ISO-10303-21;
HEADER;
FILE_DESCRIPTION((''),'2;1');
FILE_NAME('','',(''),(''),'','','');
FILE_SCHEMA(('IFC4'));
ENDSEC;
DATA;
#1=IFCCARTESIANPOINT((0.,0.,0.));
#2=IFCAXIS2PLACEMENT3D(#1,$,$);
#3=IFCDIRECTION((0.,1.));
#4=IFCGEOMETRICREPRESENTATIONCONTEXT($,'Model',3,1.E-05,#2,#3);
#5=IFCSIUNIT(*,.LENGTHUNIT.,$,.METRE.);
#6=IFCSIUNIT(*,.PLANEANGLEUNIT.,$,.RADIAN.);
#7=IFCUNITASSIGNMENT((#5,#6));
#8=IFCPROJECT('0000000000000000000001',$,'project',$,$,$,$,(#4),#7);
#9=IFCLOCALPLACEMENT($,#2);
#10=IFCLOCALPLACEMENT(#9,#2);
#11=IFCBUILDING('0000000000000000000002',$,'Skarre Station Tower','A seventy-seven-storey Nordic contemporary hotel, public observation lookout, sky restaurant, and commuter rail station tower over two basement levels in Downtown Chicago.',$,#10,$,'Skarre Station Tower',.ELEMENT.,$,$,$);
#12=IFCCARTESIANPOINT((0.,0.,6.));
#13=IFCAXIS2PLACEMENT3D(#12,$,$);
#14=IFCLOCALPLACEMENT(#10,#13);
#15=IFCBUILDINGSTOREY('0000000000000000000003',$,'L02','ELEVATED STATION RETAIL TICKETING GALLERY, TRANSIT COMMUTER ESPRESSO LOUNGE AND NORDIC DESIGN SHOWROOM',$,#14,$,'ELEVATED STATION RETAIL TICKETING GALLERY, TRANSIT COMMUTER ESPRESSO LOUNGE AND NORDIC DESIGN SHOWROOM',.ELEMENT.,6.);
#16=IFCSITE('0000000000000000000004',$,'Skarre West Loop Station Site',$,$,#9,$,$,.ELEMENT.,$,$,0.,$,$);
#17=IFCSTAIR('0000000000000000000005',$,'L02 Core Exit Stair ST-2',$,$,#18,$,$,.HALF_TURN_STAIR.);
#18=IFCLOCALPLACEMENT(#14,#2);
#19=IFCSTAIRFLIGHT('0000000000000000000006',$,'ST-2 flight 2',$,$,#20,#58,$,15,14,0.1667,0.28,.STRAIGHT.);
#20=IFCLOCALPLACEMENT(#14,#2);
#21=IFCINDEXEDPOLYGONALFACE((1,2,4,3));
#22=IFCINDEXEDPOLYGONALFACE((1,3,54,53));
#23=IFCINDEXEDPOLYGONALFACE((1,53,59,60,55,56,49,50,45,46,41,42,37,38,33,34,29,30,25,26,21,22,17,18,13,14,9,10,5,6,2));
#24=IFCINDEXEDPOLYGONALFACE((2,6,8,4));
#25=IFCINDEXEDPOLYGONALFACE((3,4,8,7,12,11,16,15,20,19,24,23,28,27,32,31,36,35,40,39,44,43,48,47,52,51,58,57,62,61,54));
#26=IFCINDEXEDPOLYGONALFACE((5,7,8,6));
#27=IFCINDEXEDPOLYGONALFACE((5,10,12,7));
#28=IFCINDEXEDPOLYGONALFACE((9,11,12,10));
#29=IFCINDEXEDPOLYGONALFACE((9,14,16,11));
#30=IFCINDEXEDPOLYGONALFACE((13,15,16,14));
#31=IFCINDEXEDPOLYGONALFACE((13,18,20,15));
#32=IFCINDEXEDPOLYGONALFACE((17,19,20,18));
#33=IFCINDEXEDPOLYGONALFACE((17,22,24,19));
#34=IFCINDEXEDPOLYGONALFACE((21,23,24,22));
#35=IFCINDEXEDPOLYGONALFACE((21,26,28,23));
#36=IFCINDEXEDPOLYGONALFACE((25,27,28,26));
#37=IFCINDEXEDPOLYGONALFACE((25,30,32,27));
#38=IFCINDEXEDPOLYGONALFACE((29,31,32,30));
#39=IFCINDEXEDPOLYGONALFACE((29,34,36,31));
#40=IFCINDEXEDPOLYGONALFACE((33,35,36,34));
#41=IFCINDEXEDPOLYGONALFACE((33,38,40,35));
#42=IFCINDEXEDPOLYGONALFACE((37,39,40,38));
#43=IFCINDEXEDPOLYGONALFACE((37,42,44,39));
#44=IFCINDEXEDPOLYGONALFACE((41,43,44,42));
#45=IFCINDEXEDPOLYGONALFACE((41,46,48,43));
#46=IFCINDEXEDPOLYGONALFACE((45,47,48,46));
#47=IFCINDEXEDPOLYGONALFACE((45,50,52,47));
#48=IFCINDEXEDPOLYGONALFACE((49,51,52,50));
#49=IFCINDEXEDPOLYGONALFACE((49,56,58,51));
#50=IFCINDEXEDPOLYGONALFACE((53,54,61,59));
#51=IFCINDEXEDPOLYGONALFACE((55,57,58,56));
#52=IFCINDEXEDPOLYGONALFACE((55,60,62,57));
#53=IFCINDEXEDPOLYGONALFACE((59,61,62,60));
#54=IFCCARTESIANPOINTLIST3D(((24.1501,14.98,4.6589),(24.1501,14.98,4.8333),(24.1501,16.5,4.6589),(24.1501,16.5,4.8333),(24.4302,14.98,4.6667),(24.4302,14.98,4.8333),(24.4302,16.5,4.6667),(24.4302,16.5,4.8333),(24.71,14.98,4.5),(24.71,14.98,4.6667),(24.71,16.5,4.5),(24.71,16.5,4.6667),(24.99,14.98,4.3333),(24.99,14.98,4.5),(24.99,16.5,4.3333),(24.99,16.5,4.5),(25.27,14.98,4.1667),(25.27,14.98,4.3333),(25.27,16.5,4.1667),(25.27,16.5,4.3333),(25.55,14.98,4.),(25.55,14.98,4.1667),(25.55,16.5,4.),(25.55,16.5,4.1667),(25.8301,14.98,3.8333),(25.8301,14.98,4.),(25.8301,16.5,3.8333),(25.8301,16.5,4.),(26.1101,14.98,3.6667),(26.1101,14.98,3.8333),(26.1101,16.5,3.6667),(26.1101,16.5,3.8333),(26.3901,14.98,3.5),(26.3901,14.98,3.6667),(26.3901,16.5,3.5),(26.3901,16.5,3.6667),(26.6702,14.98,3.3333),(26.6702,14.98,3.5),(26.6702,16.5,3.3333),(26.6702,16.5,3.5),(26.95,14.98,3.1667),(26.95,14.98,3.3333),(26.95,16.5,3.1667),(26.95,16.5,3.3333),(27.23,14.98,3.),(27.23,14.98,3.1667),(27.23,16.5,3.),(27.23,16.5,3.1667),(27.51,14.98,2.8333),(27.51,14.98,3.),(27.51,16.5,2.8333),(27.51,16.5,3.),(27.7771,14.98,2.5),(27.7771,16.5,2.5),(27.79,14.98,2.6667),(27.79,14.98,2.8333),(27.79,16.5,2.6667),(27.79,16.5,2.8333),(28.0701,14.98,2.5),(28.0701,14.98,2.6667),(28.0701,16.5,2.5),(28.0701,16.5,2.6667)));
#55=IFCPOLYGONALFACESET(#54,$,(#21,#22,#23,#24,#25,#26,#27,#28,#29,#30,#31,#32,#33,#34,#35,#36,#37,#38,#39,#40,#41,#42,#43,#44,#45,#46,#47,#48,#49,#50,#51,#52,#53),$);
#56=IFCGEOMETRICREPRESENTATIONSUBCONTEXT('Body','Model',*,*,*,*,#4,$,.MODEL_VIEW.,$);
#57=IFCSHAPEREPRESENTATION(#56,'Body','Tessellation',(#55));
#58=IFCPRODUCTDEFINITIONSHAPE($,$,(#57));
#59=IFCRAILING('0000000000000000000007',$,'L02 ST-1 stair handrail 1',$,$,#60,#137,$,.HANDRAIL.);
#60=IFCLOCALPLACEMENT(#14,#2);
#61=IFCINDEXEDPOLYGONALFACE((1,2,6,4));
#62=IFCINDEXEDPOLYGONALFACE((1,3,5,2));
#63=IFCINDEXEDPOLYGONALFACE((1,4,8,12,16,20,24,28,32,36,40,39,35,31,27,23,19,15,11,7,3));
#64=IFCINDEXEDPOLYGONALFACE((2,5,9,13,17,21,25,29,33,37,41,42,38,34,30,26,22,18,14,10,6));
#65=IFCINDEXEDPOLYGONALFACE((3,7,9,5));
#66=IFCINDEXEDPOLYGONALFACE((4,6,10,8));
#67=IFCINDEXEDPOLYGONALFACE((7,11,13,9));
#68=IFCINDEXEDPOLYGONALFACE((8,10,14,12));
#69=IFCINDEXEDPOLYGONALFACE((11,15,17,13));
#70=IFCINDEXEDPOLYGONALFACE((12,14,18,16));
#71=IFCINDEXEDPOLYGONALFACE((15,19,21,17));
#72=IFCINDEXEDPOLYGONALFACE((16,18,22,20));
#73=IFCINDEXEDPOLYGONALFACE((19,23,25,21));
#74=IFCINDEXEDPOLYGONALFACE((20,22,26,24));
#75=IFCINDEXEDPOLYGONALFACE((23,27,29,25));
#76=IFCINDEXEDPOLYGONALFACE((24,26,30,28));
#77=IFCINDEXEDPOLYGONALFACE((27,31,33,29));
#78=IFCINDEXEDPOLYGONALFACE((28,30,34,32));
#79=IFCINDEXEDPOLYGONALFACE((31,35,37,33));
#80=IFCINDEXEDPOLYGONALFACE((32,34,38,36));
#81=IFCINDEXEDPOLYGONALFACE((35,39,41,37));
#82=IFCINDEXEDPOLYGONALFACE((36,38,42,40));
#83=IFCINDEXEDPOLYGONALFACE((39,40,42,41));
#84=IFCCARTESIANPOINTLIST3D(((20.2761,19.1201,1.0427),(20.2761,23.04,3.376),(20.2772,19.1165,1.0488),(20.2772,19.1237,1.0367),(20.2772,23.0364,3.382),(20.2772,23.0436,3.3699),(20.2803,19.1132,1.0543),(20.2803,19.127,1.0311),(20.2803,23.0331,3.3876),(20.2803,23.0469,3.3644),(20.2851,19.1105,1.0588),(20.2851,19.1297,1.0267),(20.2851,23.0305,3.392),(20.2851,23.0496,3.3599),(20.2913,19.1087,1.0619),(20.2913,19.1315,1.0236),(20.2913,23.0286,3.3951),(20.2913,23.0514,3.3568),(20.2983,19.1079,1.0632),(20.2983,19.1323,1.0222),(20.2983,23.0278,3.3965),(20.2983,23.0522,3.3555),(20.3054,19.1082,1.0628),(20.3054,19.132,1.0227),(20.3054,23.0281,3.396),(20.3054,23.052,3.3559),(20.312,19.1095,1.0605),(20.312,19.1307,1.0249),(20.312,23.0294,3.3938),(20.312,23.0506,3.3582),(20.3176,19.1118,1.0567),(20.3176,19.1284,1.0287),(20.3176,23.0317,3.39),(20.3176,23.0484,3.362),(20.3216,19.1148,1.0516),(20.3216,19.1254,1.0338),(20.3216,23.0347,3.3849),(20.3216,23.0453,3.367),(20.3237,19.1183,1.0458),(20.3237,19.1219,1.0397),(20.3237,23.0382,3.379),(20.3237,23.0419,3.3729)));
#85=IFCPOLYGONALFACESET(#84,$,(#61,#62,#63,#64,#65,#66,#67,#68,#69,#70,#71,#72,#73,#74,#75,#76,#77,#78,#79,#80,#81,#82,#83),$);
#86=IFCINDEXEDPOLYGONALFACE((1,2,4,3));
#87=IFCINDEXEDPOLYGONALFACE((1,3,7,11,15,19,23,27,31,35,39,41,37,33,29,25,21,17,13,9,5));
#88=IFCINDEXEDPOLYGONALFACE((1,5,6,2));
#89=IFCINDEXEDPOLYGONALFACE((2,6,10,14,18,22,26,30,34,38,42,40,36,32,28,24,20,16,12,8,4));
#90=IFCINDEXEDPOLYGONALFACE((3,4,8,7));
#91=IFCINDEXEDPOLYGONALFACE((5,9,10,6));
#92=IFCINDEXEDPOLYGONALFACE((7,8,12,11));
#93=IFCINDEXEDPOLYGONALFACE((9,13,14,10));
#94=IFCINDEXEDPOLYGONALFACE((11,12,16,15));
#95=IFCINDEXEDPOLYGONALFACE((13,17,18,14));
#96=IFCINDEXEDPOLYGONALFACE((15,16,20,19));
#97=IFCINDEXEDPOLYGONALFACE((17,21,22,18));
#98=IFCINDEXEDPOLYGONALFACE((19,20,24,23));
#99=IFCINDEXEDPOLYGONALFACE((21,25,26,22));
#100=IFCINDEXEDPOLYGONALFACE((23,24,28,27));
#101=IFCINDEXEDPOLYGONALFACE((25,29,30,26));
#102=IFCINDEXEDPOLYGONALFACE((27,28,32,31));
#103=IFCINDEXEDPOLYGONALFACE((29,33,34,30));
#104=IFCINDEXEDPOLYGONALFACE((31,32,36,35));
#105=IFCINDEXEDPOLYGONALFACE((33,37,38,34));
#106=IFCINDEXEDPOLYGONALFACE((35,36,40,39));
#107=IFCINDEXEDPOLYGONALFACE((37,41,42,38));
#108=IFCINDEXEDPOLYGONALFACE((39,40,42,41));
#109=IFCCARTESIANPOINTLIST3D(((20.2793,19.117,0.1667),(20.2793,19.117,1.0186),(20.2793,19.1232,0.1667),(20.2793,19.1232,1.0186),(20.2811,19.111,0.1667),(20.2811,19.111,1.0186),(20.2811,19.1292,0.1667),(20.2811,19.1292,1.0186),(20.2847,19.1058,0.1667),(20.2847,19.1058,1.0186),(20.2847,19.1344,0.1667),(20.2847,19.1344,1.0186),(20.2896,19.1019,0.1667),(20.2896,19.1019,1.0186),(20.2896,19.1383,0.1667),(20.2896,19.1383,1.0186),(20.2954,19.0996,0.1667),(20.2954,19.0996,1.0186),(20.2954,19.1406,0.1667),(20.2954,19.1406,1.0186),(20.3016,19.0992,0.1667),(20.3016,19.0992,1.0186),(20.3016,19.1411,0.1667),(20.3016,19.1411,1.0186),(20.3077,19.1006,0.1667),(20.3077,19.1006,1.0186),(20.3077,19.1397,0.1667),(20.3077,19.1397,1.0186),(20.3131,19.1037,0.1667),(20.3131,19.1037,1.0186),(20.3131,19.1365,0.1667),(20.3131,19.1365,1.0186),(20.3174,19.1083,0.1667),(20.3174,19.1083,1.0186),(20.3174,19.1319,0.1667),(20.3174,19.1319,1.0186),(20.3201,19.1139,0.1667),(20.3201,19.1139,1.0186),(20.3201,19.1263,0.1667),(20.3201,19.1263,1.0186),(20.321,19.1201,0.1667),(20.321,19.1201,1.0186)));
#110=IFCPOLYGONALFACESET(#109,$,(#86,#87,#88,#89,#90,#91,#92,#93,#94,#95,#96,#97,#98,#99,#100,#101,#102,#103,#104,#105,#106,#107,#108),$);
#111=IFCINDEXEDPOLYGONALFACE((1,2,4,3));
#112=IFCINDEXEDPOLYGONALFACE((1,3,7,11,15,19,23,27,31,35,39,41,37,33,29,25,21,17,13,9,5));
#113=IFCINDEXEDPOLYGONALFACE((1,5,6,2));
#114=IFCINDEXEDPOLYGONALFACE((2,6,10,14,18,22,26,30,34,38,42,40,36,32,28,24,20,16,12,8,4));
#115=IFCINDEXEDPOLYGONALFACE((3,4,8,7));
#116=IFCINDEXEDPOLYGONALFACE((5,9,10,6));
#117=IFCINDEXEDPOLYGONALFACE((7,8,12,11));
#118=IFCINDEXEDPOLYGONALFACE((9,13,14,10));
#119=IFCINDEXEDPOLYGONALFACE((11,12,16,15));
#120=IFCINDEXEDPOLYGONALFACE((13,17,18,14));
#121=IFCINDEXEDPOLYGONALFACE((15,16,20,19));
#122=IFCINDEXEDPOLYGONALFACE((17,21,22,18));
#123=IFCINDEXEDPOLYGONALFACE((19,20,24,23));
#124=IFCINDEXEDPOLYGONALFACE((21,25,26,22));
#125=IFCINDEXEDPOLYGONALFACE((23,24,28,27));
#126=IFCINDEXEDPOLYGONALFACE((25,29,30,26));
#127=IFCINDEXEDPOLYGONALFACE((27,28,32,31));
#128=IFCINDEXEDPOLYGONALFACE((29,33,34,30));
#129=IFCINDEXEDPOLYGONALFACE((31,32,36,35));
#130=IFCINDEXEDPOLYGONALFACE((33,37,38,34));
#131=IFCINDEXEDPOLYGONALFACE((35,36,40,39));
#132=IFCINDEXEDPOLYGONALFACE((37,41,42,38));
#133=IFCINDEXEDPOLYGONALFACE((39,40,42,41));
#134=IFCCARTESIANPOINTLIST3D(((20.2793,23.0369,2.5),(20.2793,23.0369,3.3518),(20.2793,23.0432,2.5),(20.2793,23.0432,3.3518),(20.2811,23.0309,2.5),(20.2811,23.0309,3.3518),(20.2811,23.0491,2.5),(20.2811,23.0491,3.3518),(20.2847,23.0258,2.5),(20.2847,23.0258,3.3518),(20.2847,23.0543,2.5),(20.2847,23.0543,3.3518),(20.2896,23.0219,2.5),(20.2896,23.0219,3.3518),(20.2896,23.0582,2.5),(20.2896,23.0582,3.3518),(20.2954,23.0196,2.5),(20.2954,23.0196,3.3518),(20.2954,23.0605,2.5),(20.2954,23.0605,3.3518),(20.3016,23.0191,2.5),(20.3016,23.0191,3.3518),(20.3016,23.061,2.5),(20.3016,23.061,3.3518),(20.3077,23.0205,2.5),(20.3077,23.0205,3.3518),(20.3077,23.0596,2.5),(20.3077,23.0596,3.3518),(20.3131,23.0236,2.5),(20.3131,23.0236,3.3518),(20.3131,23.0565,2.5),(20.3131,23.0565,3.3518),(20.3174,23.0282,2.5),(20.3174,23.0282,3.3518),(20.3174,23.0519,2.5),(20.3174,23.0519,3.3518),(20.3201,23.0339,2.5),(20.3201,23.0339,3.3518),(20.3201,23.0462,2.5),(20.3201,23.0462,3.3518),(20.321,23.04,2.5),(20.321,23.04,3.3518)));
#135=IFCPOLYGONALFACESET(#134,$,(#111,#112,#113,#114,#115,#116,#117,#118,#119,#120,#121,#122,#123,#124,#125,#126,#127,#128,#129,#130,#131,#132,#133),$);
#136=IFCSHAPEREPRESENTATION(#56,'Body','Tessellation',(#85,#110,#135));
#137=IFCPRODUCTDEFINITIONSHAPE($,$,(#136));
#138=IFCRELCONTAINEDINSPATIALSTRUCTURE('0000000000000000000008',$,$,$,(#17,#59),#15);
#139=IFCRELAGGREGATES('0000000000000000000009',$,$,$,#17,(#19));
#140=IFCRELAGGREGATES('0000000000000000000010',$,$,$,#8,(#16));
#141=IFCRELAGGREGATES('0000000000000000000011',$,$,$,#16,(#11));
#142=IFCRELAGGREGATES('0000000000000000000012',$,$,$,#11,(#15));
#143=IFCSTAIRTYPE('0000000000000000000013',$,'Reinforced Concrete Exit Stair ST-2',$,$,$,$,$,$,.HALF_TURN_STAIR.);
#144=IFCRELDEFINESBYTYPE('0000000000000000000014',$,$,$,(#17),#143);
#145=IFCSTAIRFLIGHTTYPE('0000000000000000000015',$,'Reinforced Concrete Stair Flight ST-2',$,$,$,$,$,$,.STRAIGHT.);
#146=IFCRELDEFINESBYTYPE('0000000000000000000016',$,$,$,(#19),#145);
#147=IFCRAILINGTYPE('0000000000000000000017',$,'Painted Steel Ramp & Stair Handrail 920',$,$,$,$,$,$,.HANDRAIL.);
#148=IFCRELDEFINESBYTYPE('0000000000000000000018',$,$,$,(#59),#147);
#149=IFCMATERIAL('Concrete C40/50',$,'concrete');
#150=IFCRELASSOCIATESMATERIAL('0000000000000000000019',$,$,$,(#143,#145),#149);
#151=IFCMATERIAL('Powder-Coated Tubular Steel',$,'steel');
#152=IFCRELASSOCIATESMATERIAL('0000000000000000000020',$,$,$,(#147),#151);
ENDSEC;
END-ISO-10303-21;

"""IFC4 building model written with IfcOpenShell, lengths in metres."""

from ifc_helpers import new_model, si_unit, direction, frame, origin, origin_2d, place, context, subcontext, project, spatial, polyline, circle, outline, extrude, material, type_object, element, aggregate, save


model = new_model("IFC4")

# Units and contexts
model_context = context("Model", 3, precision=1e-05, world=origin(), true_north=direction((0.0, 1.0)))
body_context = subcontext(model_context, "Body", "Model", "MODEL_VIEW")
ifc_project = project(units=[si_unit("LENGTHUNIT", "METRE"), si_unit("PLANEANGLEUNIT", "RADIAN")], contexts=[model_context])

# Site, building, storey
site_placement = place(None, origin())
site = spatial("IfcSite", under=ifc_project, at=site_placement, Name="Skarre West Loop Station Site", CompositionType="ELEMENT", RefElevation=0.0)
building_placement = place(site_placement, origin())
building = spatial("IfcBuilding", under=site, at=building_placement, Name="Skarre Station Tower", Description="A seventy-seven-storey Nordic contemporary hotel, public observation lookout, sky restaurant, and commuter rail station tower over two basement levels in Downtown Chicago.", LongName="Skarre Station Tower", CompositionType="ELEMENT")
storey_placement = place(building_placement, frame((0.0, 0.0, 6.0)))
storey = spatial("IfcBuildingStorey", under=building, at=storey_placement, Name="L02", Description="ELEVATED STATION RETAIL TICKETING GALLERY, TRANSIT COMMUTER ESPRESSO LOUNGE AND NORDIC DESIGN SHOWROOM", LongName="ELEVATED STATION RETAIL TICKETING GALLERY, TRANSIT COMMUTER ESPRESSO LOUNGE AND NORDIC DESIGN SHOWROOM", CompositionType="ELEMENT", Elevation=6.0)

# Shared definitions
ifc_material_1 = material(Name="Concrete C40/50", Category="concrete")

# Stair, stair flight
stair_type_1 = type_object("IfcStairType", Name="Reinforced Concrete Exit Stair ST-2", PredefinedType="HALF_TURN_STAIR", material=ifc_material_1)
stair_1_placement = place(storey_placement, origin())
stair_1 = element("IfcStair", 1, at=stair_1_placement, inside=storey, type_object=stair_type_1, Name="L02 Core Exit Stair ST-2", PredefinedType="HALF_TURN_STAIR")
stair_flight_type_1 = type_object("IfcStairFlightType", Name="Reinforced Concrete Stair Flight ST-2", PredefinedType="STRAIGHT", material=ifc_material_1)
stair_flight_1_placement = place(storey_placement, frame((28.0701, 15.74, 2.5), z_axis=(0.0, 0.0, 1.0), x_axis=(-1.0, 0.0, 0.0)))
stair_flight_1 = element("IfcStairFlight", 2, at=stair_flight_1_placement, type_object=stair_flight_type_1, Name="ST-2 flight 2", NumberOfRisers=15, NumberOfTreads=14, PredefinedType="STRAIGHT", RiserHeight=0.1667, TreadLength=0.28, context=body_context, shape_type="SweptSolid", body=[
    extrude(outline(polyline([(0.0, 0.0), (0.0, 0.1667), (0.28, 0.1667), (0.28, 0.3333), (0.5601, 0.3333), (0.5601, 0.5), (0.8401, 0.5), (0.8401, 0.6667), (1.1201, 0.6667), (1.1201, 0.8333), (1.3999, 0.8333), (1.3999, 1.0), (1.6799, 1.0), (1.6799, 1.1667), (1.96, 1.1667), (1.96, 1.3333), (2.24, 1.3333), (2.24, 1.5), (2.52, 1.5), (2.52, 1.6667), (2.8, 1.6667), (2.8, 1.8333), (3.0801, 1.8333), (3.0801, 2.0), (3.3601, 2.0), (3.3601, 2.1667), (3.6399, 2.1667), (3.6399, 2.3333), (3.9199, 2.3333), (3.9199, 2.5), (3.9199, 2.1589), (0.293, 0.0), (0.0, 0.0)])), frame((0.0, 0.76, 0.0), z_axis=(0.0, -1.0, 0.0), x_axis=(1.0, 0.0, 0.0)), (0.0, 0.0, 1.0), 1.52),
])
aggregate(stair_1, [stair_flight_1])

# Railing
ifc_material_2 = material(Name="Powder-Coated Tubular Steel", Category="steel")
railing_type_1 = type_object("IfcRailingType", Name="Painted Steel Ramp & Stair Handrail 920", PredefinedType="HANDRAIL", material=ifc_material_2)
railing_1_placement = place(storey_placement, frame((20.3, 19.1201, 0.1667)))
element("IfcRailing", 3, at=railing_1_placement, inside=storey, type_object=railing_type_1, Name="L02 ST-1 stair handrail 1", PredefinedType="HANDRAIL", context=body_context, shape_type="SweptSolid", body=[
    extrude(circle(Radius=0.0239, at=origin_2d()), frame((0.0, 0.0, 0.876), z_axis=(0.0, 0.859296, 0.511478), x_axis=(-1.0, 0.0, 0.0)), (0.0, 0.0, 1.0), 4.5618),
    extrude(circle(Radius=0.021, at=origin_2d()), origin(), (0.0, 0.0, 1.0), 0.8518),
    extrude(circle(Radius=0.021, at=origin_2d()), frame((0.0, 3.9199, 2.3333)), (0.0, 0.0, 1.0), 0.8518),
])

save(model, "model.ifc")
